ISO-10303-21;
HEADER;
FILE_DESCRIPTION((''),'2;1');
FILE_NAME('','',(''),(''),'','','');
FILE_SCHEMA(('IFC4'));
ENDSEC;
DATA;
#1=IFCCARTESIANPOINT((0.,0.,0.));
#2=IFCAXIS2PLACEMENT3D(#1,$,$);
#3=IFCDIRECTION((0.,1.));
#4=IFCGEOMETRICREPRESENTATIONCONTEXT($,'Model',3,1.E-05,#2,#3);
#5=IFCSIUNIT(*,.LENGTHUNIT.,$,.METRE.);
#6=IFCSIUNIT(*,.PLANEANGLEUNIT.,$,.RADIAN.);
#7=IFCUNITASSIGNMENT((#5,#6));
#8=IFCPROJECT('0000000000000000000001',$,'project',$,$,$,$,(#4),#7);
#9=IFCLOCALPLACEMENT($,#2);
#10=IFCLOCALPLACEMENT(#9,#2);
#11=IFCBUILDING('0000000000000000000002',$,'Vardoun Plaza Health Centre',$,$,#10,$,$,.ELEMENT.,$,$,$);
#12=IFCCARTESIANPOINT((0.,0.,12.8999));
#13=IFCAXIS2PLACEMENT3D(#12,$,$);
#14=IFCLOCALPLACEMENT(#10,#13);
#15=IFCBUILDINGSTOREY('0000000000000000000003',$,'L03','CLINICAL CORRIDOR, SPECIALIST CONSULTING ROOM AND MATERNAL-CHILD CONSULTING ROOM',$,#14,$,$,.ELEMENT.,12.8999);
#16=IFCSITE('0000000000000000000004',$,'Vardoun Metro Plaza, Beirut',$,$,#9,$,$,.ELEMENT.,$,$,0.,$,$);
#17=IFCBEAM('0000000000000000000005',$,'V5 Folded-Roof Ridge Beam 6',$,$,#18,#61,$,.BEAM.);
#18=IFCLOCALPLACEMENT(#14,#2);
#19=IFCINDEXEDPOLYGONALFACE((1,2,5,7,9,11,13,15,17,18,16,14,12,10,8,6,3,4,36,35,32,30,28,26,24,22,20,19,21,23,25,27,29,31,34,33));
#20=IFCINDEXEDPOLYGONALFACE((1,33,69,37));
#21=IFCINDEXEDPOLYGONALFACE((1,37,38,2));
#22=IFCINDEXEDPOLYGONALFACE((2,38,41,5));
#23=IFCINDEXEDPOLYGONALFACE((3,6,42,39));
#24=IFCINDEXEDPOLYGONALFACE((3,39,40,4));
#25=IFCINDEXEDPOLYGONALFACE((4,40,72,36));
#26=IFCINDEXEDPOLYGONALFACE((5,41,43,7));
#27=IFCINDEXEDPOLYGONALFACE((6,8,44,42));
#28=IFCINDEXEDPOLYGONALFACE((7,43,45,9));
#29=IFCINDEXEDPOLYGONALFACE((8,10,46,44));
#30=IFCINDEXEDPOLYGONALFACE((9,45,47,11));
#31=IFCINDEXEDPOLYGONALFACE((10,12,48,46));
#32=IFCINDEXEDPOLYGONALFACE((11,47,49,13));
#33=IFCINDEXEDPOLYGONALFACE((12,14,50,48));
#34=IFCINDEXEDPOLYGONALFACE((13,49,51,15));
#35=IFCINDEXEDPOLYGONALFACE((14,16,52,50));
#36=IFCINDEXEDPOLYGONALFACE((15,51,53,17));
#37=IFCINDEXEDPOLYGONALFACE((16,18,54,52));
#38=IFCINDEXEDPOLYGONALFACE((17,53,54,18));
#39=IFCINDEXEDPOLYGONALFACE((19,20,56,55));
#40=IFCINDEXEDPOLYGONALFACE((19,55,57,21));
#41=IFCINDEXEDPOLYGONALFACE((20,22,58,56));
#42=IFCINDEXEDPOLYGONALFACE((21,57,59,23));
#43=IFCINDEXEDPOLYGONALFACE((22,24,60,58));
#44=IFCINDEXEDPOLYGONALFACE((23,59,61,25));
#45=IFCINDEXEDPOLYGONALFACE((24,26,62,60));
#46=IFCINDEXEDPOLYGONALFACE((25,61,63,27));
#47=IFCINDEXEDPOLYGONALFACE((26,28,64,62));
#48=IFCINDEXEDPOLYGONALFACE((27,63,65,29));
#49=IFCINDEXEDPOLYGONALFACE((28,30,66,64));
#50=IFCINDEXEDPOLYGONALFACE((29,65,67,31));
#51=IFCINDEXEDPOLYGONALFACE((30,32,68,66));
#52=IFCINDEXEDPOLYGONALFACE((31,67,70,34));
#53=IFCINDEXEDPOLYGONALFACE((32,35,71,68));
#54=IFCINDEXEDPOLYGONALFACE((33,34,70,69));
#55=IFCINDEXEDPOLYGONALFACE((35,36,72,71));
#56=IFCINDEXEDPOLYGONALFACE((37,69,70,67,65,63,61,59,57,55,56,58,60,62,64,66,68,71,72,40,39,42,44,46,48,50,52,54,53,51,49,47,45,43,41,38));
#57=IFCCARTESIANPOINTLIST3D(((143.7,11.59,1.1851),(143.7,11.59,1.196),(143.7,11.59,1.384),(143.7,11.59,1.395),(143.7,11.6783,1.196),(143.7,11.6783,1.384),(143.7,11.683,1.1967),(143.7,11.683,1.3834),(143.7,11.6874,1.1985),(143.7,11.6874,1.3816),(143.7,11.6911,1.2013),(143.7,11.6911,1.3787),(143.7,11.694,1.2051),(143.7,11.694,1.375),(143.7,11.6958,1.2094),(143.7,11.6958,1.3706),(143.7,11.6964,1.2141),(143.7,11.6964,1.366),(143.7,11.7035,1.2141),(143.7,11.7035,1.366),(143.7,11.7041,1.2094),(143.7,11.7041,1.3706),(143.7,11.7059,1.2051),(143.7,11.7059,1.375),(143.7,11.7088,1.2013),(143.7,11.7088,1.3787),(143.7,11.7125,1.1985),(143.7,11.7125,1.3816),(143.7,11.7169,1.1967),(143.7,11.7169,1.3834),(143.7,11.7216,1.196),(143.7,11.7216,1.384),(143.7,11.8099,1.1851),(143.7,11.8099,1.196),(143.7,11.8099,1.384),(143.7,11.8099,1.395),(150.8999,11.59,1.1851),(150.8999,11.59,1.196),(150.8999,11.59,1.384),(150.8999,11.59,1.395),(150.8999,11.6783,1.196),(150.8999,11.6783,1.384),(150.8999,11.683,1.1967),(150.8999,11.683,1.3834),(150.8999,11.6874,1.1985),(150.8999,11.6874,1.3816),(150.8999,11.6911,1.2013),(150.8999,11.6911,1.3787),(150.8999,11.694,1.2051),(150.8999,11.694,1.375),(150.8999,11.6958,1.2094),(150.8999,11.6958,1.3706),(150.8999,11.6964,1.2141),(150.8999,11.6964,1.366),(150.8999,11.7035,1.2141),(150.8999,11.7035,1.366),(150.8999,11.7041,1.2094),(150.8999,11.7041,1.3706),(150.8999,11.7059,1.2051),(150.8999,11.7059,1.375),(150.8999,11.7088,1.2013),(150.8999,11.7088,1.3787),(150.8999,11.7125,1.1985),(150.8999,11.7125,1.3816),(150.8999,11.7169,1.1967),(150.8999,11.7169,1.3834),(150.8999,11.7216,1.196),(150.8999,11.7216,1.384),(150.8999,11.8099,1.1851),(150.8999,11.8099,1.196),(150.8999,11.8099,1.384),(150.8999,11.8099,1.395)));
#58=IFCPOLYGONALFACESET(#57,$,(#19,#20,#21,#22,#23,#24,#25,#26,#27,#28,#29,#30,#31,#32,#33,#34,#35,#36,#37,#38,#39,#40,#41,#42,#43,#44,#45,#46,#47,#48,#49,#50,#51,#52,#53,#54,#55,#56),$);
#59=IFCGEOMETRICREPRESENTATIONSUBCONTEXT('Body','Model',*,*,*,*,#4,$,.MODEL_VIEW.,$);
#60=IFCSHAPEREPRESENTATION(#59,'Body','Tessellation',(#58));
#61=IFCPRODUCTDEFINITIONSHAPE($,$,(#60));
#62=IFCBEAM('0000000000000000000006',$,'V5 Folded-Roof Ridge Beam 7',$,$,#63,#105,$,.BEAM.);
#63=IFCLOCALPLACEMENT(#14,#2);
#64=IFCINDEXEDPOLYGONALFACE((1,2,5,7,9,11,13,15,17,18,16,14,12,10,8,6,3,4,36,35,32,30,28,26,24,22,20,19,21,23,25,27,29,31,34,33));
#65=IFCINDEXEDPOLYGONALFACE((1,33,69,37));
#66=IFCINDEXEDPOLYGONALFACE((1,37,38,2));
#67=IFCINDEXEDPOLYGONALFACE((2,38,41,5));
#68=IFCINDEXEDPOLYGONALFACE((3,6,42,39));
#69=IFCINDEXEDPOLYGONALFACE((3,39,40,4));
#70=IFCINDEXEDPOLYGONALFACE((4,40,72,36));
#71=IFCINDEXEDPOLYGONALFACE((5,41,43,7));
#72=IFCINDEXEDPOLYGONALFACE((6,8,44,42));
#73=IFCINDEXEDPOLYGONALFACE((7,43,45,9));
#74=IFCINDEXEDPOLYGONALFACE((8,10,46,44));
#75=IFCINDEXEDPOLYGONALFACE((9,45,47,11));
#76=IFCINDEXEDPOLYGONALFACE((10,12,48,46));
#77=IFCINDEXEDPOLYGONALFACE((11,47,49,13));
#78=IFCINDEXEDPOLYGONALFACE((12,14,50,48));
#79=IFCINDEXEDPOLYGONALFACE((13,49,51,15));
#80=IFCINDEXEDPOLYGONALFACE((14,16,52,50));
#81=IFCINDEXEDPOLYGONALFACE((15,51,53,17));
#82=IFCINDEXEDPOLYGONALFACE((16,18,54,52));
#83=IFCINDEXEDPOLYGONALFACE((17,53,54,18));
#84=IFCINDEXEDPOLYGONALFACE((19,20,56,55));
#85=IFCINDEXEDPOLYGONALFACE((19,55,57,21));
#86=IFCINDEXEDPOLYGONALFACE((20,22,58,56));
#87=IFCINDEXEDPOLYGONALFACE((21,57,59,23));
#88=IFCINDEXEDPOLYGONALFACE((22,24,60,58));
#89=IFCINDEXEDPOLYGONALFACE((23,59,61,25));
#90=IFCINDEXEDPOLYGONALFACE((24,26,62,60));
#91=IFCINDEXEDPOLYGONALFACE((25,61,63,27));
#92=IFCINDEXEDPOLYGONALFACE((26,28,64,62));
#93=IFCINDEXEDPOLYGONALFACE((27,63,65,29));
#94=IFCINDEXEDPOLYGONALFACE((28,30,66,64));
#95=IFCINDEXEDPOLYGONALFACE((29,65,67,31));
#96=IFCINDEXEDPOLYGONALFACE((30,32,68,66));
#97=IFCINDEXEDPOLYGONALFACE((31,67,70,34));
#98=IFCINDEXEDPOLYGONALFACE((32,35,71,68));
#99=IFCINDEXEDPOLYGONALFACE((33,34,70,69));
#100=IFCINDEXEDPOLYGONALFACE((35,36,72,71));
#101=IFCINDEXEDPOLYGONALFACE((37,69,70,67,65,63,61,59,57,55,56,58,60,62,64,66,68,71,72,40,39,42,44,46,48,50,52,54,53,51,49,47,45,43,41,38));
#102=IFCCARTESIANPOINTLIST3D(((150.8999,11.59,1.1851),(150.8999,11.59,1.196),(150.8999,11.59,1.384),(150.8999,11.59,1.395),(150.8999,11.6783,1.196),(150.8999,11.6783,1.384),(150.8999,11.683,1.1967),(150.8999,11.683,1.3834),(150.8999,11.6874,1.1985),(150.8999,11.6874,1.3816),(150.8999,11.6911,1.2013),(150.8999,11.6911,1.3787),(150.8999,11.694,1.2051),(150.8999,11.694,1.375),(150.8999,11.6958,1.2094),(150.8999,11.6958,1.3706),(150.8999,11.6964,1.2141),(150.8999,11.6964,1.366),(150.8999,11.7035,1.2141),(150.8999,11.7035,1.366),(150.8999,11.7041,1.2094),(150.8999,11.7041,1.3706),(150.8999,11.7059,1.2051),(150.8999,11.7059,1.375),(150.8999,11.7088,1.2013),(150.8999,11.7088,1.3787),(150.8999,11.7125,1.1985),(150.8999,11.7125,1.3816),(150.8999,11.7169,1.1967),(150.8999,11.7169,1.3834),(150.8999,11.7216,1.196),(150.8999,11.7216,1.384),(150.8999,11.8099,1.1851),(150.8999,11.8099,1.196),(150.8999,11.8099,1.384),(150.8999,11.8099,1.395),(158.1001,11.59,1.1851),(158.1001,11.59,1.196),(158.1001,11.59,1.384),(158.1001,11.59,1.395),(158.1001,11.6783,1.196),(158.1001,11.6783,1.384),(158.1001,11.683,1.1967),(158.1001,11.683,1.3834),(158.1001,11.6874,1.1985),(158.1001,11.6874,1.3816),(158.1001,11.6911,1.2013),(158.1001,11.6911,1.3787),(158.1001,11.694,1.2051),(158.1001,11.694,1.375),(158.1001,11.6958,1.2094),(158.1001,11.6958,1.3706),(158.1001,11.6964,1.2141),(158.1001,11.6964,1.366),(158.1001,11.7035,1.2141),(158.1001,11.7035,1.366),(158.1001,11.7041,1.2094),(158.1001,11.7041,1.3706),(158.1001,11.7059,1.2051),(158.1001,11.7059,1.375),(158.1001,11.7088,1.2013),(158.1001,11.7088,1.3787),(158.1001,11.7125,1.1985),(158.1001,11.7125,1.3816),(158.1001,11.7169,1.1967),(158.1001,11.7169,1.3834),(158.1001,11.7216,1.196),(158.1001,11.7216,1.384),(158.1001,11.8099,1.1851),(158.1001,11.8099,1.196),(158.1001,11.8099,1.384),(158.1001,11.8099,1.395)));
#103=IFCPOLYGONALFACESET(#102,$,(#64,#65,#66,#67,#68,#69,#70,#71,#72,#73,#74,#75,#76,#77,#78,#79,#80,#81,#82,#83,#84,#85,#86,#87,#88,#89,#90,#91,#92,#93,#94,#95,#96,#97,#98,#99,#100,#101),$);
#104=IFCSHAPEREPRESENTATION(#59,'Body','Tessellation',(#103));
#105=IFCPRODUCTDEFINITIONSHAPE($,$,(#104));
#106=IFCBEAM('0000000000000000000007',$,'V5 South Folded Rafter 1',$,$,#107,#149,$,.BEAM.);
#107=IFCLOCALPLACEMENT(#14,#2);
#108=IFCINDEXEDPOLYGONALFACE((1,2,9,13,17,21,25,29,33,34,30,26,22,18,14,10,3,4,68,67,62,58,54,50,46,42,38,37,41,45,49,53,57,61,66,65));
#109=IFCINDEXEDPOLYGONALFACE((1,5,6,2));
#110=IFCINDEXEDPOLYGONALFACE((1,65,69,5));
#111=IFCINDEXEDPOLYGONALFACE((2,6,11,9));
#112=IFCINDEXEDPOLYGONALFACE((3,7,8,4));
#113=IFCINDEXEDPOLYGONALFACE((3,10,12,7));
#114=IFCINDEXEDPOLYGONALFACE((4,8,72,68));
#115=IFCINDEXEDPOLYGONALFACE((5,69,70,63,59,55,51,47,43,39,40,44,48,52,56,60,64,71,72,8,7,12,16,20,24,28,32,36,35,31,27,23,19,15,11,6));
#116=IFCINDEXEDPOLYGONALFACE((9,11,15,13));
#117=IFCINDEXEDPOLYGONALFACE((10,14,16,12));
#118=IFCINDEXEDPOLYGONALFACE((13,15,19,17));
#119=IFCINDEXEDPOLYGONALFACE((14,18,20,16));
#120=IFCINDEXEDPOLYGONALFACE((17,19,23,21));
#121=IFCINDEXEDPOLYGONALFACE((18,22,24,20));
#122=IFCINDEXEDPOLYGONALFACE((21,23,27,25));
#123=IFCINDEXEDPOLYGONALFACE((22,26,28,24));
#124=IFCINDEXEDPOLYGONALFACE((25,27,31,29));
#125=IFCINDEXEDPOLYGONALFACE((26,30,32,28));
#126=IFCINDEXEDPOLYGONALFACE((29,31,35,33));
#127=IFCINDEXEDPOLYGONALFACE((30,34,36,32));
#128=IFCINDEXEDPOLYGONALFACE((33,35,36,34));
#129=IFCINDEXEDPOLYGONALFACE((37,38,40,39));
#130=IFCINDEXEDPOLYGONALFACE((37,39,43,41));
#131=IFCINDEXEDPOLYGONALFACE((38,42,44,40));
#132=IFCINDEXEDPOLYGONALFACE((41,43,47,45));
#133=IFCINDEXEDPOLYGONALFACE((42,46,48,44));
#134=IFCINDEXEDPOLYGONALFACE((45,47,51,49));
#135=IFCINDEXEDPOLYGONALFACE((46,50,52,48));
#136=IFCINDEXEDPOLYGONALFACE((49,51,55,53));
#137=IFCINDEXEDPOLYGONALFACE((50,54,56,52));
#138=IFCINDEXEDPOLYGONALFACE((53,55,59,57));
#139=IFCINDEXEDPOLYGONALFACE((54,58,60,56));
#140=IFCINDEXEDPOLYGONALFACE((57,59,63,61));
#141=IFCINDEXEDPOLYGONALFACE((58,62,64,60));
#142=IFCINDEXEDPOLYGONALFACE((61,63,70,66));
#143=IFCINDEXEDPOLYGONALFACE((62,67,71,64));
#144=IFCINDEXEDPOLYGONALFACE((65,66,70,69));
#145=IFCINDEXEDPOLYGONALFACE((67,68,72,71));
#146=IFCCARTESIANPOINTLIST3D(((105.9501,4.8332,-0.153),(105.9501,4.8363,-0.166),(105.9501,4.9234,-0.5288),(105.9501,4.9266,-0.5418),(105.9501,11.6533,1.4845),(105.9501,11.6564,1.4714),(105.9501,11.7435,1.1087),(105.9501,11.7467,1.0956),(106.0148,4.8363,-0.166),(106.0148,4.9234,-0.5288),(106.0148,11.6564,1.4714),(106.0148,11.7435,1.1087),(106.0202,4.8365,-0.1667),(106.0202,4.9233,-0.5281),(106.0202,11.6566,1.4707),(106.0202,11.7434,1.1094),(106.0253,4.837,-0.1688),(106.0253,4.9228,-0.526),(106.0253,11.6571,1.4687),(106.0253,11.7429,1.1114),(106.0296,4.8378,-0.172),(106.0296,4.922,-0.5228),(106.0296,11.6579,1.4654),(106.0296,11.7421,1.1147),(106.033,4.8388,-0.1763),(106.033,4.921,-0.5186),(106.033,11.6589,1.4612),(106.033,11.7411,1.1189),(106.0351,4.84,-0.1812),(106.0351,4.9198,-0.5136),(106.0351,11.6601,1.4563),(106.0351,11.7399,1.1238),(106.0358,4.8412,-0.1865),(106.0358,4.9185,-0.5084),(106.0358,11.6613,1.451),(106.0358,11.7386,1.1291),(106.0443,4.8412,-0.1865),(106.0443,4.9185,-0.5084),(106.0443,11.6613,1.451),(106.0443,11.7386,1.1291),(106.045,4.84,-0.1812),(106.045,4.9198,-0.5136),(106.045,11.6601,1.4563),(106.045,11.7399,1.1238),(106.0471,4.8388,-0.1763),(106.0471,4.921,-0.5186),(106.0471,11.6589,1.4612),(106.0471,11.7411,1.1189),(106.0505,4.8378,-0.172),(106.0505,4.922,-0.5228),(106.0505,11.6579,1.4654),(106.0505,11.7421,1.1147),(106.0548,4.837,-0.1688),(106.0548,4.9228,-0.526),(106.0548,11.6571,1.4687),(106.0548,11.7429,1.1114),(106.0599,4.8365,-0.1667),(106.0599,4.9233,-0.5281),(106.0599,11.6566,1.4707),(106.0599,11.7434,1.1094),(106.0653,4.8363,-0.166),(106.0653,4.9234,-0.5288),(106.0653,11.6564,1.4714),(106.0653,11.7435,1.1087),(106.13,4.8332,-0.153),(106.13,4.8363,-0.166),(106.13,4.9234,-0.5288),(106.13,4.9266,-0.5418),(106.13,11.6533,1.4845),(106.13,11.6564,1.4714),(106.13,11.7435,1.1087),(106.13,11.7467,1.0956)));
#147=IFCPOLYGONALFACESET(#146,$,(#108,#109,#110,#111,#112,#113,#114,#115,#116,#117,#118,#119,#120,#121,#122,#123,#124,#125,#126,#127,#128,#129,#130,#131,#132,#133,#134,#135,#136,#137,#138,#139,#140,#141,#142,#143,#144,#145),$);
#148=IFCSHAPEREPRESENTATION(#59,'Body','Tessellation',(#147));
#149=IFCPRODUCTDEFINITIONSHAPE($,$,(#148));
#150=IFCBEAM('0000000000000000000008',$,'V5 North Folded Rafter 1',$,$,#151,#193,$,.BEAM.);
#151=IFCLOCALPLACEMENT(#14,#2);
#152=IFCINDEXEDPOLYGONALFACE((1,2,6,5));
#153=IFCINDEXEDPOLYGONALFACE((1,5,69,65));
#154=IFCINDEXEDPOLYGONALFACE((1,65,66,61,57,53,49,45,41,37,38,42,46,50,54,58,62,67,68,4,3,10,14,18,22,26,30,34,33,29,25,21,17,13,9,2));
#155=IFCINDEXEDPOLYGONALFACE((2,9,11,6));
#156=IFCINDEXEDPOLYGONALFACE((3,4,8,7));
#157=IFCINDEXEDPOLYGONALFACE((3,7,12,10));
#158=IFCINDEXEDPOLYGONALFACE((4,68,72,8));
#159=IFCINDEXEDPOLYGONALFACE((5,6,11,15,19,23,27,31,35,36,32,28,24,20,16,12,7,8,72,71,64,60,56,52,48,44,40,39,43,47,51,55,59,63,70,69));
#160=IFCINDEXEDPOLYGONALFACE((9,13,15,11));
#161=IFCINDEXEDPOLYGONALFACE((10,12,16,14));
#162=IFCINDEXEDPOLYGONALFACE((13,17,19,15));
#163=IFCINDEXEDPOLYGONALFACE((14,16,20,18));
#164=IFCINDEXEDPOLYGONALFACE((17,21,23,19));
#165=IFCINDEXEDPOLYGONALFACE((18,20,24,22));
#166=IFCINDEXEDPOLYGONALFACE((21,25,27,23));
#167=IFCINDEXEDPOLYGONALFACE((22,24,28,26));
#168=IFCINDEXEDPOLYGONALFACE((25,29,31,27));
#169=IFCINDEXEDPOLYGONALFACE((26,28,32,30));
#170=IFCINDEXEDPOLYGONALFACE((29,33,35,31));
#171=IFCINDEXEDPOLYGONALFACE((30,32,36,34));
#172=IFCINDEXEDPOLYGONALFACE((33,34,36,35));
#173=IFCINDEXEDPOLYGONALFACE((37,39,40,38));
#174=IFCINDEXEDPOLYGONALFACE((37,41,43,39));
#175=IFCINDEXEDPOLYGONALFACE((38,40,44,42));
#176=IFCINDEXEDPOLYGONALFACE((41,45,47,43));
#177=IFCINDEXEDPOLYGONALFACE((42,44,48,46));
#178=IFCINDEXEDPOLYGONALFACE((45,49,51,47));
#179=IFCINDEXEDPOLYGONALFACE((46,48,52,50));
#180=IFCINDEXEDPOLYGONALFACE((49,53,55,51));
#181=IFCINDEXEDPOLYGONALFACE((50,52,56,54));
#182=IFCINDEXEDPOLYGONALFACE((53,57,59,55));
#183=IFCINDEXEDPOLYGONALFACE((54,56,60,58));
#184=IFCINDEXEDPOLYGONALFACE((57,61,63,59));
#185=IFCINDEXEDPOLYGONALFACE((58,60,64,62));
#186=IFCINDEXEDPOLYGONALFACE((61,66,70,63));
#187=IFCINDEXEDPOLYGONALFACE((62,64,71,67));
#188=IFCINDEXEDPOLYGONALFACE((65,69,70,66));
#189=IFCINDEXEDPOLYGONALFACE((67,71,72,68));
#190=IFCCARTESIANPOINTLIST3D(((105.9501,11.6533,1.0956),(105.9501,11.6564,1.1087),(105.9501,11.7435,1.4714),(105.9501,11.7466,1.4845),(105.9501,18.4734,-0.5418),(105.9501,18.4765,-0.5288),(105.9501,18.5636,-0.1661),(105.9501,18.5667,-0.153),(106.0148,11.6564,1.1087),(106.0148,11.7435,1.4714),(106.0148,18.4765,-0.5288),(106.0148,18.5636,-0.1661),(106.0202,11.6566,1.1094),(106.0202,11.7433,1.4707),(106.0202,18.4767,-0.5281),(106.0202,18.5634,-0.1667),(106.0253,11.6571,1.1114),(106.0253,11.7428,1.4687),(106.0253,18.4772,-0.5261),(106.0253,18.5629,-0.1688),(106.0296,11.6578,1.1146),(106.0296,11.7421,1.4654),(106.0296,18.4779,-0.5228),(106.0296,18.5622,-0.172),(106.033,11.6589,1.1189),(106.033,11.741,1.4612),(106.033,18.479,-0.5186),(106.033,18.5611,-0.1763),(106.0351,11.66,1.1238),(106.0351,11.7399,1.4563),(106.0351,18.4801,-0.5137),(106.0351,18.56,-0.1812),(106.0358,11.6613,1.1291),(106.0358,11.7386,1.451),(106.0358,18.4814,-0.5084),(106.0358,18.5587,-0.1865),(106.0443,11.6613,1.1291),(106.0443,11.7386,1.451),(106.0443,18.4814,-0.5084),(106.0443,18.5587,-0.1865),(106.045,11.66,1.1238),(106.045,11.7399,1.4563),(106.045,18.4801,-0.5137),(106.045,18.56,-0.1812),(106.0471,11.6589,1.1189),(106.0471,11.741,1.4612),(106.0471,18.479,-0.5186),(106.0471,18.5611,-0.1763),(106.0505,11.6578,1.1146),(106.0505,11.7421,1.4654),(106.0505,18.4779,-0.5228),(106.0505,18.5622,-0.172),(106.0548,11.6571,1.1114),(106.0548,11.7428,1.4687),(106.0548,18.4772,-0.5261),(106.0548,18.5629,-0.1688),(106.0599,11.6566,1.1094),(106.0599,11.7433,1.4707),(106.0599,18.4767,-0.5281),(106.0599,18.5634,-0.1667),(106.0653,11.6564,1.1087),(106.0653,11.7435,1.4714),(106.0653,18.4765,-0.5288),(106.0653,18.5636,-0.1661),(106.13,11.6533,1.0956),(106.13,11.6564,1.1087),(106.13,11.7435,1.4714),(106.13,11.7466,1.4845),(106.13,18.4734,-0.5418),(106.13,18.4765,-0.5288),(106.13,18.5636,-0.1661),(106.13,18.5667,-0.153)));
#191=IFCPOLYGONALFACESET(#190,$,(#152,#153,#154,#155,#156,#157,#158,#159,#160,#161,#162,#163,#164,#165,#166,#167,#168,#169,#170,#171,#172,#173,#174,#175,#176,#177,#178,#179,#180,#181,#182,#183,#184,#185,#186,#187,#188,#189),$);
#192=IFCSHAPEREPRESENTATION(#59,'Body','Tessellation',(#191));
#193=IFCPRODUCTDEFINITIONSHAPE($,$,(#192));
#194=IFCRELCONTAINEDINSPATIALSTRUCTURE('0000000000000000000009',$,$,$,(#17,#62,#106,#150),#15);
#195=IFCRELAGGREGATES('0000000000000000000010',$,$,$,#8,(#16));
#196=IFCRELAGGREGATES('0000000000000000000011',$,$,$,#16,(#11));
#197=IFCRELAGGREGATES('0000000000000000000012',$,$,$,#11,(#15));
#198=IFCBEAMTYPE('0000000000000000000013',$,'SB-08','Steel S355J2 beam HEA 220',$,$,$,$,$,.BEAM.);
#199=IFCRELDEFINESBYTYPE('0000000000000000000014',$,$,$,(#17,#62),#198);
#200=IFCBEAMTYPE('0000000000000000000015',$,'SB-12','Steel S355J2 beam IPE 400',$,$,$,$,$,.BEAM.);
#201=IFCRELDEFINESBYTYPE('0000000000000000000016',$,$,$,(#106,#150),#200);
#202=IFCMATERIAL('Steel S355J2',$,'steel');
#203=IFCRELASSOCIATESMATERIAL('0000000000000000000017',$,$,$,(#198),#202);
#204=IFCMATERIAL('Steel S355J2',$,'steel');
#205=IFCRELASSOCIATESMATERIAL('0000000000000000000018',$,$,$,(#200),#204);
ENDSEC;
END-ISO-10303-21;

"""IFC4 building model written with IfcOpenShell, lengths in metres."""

from ifc_helpers import new_model, si_unit, direction, frame, origin, origin_2d, place, context, subcontext, project, spatial, i_section, extrude, material, material_profile, profile_set, type_object, element, save


model = new_model("IFC4")

# Units and contexts
model_context = context("Model", 3, precision=1e-05, world=origin(), true_north=direction((0.0, 1.0)))
body_context = subcontext(model_context, "Body", "Model", "MODEL_VIEW")
ifc_project = project(units=[si_unit("LENGTHUNIT", "METRE"), si_unit("PLANEANGLEUNIT", "RADIAN")], contexts=[model_context])

# Site, building, storey
site_placement = place(None, origin())
site = spatial("IfcSite", under=ifc_project, at=site_placement, Name="Vardoun Metro Plaza, Beirut", CompositionType="ELEMENT", RefElevation=0.0)
building_placement = place(site_placement, origin())
building = spatial("IfcBuilding", under=site, at=building_placement, Name="Vardoun Plaza Health Centre", CompositionType="ELEMENT")
storey_placement = place(building_placement, frame((0.0, 0.0, 12.8999)))
storey = spatial("IfcBuildingStorey", under=building, at=storey_placement, Name="L03", Description="CLINICAL CORRIDOR, SPECIALIST CONSULTING ROOM AND MATERNAL-CHILD CONSULTING ROOM", CompositionType="ELEMENT", Elevation=12.8999)

# Beams
ifc_material_1 = material(Name="Steel S355J2", Category="steel")
ifc_material_profile_1 = material_profile(ifc_material_1, i_section(OverallWidth=0.22, OverallDepth=0.21, WebThickness=0.0071, FlangeThickness=0.011, FilletRadius=0.0181, at=origin_2d()), Name="HEA 220")
ifc_profile_set_1 = profile_set([ifc_material_profile_1], Name="Steel S355J2")
beam_type_1 = type_object("IfcBeamType", Name="SB-08", Description="Steel S355J2 beam HEA 220", PredefinedType="BEAM", material=ifc_profile_set_1)
for number, where, z_axis, x_axis, name in (
    (1, (143.7, 11.7, 1.29), (1.0, 0.0, 0.0), (0.0, 1.0, 0.0), "V5 Folded-Roof Ridge Beam 6"),
):
    element("IfcBeam", number, at=place(storey_placement, frame(where, z_axis=z_axis, x_axis=x_axis)), inside=storey, type_object=beam_type_1, Name=name, PredefinedType="BEAM", context=body_context, shape_type="SweptSolid", body=[
        extrude(i_section(OverallWidth=0.22, OverallDepth=0.21, WebThickness=0.0071, FlangeThickness=0.011, FilletRadius=0.0181, at=origin_2d()), origin(), (0.0, 0.0, 1.0), 7.2),
    ])
beam_1_placement = place(storey_placement, frame((150.8999, 11.7, 1.29), z_axis=(1.0, 0.0, 0.0), x_axis=(0.0, 1.0, 0.0)))
element("IfcBeam", 2, at=beam_1_placement, inside=storey, type_object=beam_type_1, Name="V5 Folded-Roof Ridge Beam 7", PredefinedType="BEAM", context=body_context, shape_type="SweptSolid", body=[
    extrude(i_section(OverallWidth=0.22, OverallDepth=0.21, WebThickness=0.0071, FlangeThickness=0.011, FilletRadius=0.0181, at=origin_2d()), origin(), (0.0, 0.0, 1.0), 7.2002),
])
ifc_material_2 = material(Name="Steel S355J2", Category="steel")
ifc_material_profile_2 = material_profile(ifc_material_2, i_section(OverallWidth=0.1799, OverallDepth=0.3999, WebThickness=0.0085, FlangeThickness=0.0134, FilletRadius=0.021, at=origin_2d()), Name="IPE 400")
ifc_profile_set_2 = profile_set([ifc_material_profile_2], Name="Steel S355J2")
beam_type_2 = type_object("IfcBeamType", Name="SB-12", Description="Steel S355J2 beam IPE 400", PredefinedType="BEAM", material=ifc_profile_set_2)
for number, where, z_axis, x_axis, name in (
    (3, (106.04, 4.8799, -0.3474), (0.0, 0.972367, 0.233459), (-1.0, 0.0, 0.0), "V5 South Folded Rafter 1"),
    (4, (106.04, 11.7, 1.29), (0.0, 0.972367, -0.233459), (-1.0, 0.0, 0.0), "V5 North Folded Rafter 1"),
):
    element("IfcBeam", number, at=place(storey_placement, frame(where, z_axis=z_axis, x_axis=x_axis)), inside=storey, type_object=beam_type_2, Name=name, PredefinedType="BEAM", context=body_context, shape_type="SweptSolid", body=[
        extrude(i_section(OverallWidth=0.1799, OverallDepth=0.3999, WebThickness=0.0085, FlangeThickness=0.0134, FilletRadius=0.021, at=origin_2d()), origin(), (0.0, 0.0, 1.0), 7.0139),
    ])

save(model, "model.ifc")
